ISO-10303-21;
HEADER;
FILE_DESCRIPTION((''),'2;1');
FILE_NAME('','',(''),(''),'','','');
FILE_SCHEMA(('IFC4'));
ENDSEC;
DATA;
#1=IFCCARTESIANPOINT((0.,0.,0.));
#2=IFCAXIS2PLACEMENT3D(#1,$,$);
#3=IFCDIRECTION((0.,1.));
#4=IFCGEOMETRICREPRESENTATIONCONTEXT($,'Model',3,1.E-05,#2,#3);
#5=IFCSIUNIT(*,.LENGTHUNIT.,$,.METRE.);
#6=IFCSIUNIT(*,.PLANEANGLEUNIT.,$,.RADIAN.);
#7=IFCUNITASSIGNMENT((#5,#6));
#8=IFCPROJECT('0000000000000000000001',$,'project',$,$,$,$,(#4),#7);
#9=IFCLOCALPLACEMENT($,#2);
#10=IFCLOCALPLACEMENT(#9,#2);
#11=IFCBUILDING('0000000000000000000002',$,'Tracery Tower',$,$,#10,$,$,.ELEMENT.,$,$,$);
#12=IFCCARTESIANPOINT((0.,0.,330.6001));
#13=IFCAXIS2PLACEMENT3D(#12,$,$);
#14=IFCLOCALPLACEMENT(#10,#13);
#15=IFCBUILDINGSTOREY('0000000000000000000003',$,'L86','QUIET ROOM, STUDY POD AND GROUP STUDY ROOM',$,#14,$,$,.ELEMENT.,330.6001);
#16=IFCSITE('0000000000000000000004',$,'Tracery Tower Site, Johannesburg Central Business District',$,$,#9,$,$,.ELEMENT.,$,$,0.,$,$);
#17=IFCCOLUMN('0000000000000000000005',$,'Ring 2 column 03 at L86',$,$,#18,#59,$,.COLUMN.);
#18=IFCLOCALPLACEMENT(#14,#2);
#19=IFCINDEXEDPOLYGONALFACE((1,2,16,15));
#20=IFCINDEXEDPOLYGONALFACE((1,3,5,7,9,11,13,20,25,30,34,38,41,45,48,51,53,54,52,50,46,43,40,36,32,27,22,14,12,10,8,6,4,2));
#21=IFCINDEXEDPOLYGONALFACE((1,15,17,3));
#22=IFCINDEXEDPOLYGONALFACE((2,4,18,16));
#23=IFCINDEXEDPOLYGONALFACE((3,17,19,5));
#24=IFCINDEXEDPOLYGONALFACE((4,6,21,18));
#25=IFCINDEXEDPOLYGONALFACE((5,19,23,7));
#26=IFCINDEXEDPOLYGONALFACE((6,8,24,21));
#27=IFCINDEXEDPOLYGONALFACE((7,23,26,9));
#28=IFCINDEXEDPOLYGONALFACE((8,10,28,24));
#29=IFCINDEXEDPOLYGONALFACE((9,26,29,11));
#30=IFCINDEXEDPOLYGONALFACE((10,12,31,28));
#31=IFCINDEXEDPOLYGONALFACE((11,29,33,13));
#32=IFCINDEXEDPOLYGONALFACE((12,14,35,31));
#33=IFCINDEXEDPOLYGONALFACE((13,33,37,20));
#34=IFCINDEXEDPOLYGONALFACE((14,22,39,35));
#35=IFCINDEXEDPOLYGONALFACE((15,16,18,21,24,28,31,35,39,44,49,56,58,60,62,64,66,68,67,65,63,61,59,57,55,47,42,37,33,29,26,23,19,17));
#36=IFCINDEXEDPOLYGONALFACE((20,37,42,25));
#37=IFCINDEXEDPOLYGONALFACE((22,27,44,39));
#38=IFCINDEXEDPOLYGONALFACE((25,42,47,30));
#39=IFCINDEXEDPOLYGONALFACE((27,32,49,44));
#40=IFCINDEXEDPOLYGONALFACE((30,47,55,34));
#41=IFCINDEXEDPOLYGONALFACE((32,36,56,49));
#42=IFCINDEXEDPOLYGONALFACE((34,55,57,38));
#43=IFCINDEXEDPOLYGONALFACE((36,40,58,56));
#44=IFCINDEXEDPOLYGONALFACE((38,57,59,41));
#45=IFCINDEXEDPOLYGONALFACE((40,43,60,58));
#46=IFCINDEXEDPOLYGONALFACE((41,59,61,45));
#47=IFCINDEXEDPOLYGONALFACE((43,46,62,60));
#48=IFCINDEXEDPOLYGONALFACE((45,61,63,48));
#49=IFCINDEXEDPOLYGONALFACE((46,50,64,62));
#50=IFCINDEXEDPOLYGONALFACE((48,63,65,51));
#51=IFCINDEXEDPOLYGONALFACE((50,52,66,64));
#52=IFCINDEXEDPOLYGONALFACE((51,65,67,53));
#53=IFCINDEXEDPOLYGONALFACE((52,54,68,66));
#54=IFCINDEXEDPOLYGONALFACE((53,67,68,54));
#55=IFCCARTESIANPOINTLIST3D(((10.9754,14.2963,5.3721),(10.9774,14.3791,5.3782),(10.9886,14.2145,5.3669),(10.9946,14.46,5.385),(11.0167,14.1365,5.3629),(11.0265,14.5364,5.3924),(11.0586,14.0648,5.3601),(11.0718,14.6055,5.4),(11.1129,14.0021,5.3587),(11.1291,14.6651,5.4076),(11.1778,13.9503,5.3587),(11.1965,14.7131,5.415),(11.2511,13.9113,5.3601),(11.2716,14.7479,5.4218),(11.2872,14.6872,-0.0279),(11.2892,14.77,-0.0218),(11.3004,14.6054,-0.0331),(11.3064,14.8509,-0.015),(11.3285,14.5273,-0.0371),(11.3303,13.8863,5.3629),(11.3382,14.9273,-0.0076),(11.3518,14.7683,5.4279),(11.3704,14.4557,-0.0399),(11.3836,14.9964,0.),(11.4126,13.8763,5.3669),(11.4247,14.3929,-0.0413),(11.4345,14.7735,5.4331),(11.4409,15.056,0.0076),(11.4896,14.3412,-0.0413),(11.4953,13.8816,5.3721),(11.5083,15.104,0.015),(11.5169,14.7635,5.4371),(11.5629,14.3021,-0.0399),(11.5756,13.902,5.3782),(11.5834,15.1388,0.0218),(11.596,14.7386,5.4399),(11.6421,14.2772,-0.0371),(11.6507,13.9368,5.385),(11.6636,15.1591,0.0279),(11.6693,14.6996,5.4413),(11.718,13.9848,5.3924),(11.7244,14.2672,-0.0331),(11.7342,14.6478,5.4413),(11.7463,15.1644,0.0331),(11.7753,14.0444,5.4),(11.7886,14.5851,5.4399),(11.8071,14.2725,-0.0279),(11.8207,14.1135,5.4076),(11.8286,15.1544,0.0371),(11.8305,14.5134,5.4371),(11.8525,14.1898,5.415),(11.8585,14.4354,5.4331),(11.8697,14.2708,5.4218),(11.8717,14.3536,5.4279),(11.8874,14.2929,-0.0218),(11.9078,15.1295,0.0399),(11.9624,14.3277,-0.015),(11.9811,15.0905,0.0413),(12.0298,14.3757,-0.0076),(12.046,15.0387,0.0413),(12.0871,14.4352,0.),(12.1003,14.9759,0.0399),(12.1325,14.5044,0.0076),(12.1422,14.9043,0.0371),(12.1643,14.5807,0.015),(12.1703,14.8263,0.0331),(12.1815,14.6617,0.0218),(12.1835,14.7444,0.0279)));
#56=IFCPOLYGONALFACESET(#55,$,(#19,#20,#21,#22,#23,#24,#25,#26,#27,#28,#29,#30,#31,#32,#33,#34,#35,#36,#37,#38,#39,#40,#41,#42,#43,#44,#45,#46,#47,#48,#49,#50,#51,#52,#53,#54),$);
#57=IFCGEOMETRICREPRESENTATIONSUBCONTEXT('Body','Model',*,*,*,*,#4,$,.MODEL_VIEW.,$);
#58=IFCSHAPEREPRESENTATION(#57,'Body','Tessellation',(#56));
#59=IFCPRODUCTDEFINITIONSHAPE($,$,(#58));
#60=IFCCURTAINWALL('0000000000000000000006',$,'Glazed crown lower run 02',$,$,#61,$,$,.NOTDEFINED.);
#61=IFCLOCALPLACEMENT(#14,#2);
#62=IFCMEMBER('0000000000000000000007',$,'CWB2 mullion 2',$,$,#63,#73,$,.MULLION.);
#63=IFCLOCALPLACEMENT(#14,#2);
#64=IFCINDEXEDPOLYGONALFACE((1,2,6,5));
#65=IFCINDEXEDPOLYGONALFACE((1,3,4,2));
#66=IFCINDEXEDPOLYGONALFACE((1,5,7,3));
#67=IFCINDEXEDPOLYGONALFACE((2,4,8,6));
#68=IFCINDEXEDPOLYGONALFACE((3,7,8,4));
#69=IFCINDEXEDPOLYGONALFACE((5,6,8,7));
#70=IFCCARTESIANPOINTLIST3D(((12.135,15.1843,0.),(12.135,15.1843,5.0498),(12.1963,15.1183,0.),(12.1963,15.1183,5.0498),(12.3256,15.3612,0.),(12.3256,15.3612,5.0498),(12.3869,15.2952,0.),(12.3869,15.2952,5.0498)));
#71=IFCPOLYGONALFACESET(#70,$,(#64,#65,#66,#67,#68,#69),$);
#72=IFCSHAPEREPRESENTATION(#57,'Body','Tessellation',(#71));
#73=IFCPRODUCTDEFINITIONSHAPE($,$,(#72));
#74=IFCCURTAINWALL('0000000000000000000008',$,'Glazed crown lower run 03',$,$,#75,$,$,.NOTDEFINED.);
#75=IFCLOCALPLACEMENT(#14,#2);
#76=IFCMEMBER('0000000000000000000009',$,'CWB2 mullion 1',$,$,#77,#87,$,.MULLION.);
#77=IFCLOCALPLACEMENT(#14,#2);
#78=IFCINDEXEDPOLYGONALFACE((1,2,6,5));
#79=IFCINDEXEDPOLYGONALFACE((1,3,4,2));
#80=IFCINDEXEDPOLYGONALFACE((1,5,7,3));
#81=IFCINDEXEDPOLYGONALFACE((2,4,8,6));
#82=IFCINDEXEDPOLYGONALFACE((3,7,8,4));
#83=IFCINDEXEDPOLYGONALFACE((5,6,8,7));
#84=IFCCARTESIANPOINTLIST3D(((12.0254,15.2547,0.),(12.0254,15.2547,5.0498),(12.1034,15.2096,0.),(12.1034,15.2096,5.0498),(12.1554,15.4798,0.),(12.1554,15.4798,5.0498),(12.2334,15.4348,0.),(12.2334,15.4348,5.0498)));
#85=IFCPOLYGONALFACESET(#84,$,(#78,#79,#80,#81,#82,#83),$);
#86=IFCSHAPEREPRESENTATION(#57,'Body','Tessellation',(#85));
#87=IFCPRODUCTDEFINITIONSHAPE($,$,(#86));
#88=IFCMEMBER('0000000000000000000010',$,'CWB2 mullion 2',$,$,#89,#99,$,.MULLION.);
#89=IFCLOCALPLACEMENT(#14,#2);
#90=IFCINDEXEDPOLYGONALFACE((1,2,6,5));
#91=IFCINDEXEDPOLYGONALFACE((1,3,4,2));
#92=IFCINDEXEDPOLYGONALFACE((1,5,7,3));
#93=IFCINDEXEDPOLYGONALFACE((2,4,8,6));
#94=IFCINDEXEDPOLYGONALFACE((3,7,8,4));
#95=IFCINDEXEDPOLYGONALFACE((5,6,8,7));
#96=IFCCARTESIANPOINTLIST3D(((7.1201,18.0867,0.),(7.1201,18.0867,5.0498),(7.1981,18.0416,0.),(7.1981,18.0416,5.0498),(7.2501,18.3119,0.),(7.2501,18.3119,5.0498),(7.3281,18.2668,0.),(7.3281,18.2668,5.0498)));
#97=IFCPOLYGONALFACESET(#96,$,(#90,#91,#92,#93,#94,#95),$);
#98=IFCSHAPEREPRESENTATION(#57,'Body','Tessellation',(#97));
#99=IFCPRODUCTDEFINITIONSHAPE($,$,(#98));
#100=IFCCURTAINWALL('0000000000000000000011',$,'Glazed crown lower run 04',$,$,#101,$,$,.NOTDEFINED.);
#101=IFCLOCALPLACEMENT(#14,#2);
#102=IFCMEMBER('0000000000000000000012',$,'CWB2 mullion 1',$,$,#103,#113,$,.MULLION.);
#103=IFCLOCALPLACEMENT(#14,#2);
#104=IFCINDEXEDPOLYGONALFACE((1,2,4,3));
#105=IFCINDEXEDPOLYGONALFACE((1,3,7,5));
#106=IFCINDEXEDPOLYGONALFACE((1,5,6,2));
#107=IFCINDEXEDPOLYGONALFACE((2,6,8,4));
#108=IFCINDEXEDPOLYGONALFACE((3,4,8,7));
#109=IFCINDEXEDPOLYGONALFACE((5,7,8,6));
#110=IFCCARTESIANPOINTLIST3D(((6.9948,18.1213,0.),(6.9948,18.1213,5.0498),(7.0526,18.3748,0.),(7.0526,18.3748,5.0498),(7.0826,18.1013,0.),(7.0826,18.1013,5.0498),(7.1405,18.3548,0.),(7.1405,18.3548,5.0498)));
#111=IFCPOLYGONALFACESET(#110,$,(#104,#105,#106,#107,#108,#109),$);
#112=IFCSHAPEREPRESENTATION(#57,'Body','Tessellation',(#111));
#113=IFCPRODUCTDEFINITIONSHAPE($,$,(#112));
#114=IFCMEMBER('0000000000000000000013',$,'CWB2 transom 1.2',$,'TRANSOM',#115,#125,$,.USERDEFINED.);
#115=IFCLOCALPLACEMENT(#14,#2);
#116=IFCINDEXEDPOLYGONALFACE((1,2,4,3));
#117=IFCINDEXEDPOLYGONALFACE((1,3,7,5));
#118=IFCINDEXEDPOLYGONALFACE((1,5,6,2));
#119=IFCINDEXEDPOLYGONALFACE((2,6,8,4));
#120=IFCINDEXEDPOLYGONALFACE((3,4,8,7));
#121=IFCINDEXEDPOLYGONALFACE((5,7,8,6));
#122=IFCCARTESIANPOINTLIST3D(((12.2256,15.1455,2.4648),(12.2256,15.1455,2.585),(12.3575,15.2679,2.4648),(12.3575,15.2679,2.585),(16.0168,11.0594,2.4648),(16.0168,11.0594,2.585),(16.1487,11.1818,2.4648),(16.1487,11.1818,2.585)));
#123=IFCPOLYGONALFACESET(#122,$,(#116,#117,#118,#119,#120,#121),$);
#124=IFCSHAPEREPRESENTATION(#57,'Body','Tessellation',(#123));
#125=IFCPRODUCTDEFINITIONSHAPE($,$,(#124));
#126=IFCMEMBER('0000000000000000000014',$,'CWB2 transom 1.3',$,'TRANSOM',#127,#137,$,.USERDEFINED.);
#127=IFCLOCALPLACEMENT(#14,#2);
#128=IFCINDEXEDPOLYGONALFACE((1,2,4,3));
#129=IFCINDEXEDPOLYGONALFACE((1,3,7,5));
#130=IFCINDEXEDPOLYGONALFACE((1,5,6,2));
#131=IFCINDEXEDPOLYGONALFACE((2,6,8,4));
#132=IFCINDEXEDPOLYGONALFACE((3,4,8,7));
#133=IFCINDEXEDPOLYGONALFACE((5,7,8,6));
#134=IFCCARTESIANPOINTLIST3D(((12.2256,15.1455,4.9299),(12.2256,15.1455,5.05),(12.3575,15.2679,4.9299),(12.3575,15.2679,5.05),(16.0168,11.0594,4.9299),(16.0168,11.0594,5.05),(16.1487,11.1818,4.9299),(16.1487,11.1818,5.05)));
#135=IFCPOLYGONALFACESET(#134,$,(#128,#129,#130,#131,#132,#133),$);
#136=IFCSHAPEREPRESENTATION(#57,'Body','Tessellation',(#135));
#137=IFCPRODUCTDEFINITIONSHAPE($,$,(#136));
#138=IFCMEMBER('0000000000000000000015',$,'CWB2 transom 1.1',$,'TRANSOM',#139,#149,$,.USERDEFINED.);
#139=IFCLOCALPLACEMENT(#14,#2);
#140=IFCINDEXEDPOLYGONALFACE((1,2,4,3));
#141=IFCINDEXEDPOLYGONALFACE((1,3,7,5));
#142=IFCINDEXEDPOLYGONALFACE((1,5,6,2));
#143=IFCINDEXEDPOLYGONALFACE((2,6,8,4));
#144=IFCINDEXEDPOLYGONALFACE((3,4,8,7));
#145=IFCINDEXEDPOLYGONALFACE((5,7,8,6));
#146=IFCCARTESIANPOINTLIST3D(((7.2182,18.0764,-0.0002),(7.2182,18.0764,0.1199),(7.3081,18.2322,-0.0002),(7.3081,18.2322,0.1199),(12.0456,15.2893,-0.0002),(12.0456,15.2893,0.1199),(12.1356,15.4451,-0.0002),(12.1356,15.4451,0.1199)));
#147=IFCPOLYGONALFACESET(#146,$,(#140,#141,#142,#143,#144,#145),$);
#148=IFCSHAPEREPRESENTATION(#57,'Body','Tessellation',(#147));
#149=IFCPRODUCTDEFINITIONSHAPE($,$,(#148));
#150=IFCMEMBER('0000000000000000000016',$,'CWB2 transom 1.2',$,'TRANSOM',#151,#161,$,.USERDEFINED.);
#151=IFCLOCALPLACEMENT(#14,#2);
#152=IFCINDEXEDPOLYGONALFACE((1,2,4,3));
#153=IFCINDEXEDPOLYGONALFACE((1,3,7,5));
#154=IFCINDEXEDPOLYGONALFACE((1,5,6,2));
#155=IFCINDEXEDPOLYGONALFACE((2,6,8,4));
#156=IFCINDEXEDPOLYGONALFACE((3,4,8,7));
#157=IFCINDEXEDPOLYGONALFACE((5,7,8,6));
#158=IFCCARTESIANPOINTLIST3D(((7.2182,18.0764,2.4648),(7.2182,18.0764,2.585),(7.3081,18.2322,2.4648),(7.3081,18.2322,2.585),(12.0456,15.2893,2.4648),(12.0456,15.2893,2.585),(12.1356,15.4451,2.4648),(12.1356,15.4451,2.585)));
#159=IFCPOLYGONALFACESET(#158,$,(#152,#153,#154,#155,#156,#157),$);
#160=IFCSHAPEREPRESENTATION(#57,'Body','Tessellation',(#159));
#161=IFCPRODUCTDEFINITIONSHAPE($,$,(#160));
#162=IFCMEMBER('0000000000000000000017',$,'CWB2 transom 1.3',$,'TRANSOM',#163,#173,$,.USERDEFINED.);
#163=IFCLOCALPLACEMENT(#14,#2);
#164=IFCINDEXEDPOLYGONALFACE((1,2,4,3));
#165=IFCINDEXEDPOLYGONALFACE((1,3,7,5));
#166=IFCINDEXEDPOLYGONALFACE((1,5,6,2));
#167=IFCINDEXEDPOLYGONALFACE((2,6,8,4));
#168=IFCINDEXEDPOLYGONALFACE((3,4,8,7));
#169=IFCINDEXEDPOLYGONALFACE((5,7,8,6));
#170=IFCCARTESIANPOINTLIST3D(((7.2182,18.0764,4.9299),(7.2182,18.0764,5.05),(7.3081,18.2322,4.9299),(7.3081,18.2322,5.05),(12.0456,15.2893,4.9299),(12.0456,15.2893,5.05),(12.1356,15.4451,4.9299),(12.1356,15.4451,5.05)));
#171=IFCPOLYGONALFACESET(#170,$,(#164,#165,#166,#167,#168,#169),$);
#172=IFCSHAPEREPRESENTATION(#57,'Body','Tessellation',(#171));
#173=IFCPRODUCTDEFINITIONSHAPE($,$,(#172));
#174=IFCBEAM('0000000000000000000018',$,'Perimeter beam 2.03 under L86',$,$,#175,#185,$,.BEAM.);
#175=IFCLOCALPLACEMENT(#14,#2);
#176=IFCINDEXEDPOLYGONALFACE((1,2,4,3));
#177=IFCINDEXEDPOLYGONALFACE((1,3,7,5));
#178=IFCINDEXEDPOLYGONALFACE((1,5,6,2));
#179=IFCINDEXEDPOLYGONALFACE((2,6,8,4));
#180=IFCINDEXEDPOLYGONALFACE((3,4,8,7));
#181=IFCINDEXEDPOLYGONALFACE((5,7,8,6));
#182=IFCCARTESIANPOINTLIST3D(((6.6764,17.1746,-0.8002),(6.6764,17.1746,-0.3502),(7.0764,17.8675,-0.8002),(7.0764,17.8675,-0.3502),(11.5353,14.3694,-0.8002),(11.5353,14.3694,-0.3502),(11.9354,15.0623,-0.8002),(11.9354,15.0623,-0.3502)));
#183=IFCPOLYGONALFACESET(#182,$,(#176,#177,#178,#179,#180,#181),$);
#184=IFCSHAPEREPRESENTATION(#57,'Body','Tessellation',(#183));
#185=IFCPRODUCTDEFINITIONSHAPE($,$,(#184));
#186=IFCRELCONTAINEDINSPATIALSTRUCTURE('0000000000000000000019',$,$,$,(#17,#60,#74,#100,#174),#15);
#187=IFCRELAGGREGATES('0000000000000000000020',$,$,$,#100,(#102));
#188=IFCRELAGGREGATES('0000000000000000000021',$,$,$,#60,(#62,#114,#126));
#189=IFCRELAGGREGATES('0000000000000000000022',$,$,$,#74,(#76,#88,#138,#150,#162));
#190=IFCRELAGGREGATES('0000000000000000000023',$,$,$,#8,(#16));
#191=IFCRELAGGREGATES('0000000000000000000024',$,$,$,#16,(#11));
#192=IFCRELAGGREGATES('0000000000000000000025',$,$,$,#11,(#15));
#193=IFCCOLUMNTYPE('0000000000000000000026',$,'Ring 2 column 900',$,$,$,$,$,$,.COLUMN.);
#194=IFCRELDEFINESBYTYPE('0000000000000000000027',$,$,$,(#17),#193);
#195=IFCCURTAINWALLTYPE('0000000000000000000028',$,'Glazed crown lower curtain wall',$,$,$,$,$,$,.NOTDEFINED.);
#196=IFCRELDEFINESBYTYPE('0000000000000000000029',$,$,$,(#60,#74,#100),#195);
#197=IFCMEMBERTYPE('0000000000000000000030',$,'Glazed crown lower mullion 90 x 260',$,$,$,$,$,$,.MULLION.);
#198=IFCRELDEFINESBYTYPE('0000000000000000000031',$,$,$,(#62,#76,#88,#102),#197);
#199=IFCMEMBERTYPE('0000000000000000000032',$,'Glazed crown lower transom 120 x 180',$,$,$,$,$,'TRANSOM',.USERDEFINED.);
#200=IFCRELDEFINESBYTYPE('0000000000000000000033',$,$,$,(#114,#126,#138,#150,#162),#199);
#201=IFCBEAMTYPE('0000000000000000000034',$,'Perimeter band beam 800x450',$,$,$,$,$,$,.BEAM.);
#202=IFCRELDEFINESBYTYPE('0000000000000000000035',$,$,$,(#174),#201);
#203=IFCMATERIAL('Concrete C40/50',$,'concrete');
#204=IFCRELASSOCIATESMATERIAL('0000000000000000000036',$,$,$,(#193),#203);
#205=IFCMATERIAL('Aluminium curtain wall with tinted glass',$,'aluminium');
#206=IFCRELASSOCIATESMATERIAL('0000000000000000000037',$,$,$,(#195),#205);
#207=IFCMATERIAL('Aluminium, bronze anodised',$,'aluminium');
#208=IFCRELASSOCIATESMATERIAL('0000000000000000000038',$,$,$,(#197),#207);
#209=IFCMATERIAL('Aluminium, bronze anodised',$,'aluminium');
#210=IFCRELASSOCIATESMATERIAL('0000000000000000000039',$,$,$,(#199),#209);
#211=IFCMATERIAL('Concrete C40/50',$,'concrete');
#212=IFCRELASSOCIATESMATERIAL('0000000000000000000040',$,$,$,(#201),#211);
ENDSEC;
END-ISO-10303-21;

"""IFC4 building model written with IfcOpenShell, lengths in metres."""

from ifc_helpers import new_model, si_unit, direction, frame, origin, origin_2d, place, context, subcontext, project, spatial, rectangle, circle, extrude, material, material_profile, profile_set, type_object, element, aggregate, save


model = new_model("IFC4")

# Units and contexts
model_context = context("Model", 3, precision=1e-05, world=origin(), true_north=direction((0.0, 1.0)))
body_context = subcontext(model_context, "Body", "Model", "MODEL_VIEW")
ifc_project = project(units=[si_unit("LENGTHUNIT", "METRE"), si_unit("PLANEANGLEUNIT", "RADIAN")], contexts=[model_context])

# Site, building, storey
site_placement = place(None, origin())
site = spatial("IfcSite", under=ifc_project, at=site_placement, Name="Tracery Tower Site, Johannesburg Central Business District", CompositionType="ELEMENT", RefElevation=0.0)
building_placement = place(site_placement, origin())
building = spatial("IfcBuilding", under=site, at=building_placement, Name="Tracery Tower", CompositionType="ELEMENT")
storey_placement = place(building_placement, frame((0.0, 0.0, 330.6001)))
storey = spatial("IfcBuildingStorey", under=building, at=storey_placement, Name="L86", Description="QUIET ROOM, STUDY POD AND GROUP STUDY ROOM", CompositionType="ELEMENT", Elevation=330.6001)

# Column
ifc_material_1 = material(Name="Concrete C40/50", Category="concrete")
ifc_material_profile_1 = material_profile(ifc_material_1, circle(Radius=0.45, at=origin_2d()), Name="RC D900")
ifc_profile_set_1 = profile_set([ifc_material_profile_1], Name="Concrete C40/50")
column_type = type_object("IfcColumnType", Name="Ring 2 column 900", PredefinedType="COLUMN", material=ifc_profile_set_1)
column_placement = place(storey_placement, frame((11.7354, 14.7158, 0.0), z_axis=(-0.05749, -0.072076, 0.995741), x_axis=(0.781773, -0.623563, 0.0)))
element("IfcColumn", 1, at=column_placement, inside=storey, type_object=column_type, Name="Ring 2 column 03 at L86", PredefinedType="COLUMN", context=body_context, shape_type="SweptSolid", body=[
    extrude(circle(Radius=0.45, at=origin_2d()), origin(), (0.0, 0.0, 1.0), 5.4231),
])

# Curtain wall, member
ifc_material_2 = material(Name="Aluminium curtain wall with tinted glass", Category="aluminium")
curtain_wall_type = type_object("IfcCurtainWallType", Name="Glazed crown lower curtain wall", PredefinedType="NOTDEFINED", material=ifc_material_2)
curtain_wall_1_placement = place(storey_placement, origin())
curtain_wall_1 = element("IfcCurtainWall", 2, at=curtain_wall_1_placement, inside=storey, type_object=curtain_wall_type, Name="Glazed crown lower run 02", PredefinedType="NOTDEFINED")
ifc_material_3 = material(Name="Aluminium, bronze anodised", Category="aluminium")
ifc_material_profile_2 = material_profile(ifc_material_3, rectangle(XDim=0.26, YDim=0.0901, at=origin_2d()), Name="Glazed crown lower mullion 90 x 260")
ifc_profile_set_2 = profile_set([ifc_material_profile_2], Name="Aluminium, bronze anodised")
member_type_1 = type_object("IfcMemberType", Name="Glazed crown lower mullion 90 x 260", PredefinedType="MULLION", material=ifc_profile_set_2)
member_1_placement = place(storey_placement, frame((12.261, 15.2397, 0.0), z_axis=(0.0, 0.0, 1.0), x_axis=(-0.733054, -0.68017, 0.0)))
member_1 = element("IfcMember", 3, at=member_1_placement, type_object=member_type_1, Name="CWB2 mullion 2", PredefinedType="MULLION", context=body_context, shape_type="SweptSolid", body=[
    extrude(rectangle(XDim=0.26, YDim=0.0901, at=origin_2d()), origin(), (0.0, 0.0, 1.0), 5.0498),
])

# Curtain wall, members
curtain_wall_2_placement = place(storey_placement, origin())
curtain_wall_2 = element("IfcCurtainWall", 4, at=curtain_wall_2_placement, inside=storey, type_object=curtain_wall_type, Name="Glazed crown lower run 03", PredefinedType="NOTDEFINED")
member_2_placement = place(storey_placement, frame((12.1294, 15.3447, 0.0), z_axis=(0.0, 0.0, 1.0), x_axis=(-0.499993, -0.866029, 0.0)))
member_2 = element("IfcMember", 5, at=member_2_placement, type_object=member_type_1, Name="CWB2 mullion 1", PredefinedType="MULLION", context=body_context, shape_type="SweptSolid", body=[
    extrude(rectangle(XDim=0.26, YDim=0.0901, at=origin_2d()), origin(), (0.0, 0.0, 1.0), 5.0498),
])
member_3_placement = place(storey_placement, frame((7.2241, 18.1768, 0.0), z_axis=(0.0, 0.0, 1.0), x_axis=(-0.499993, -0.866029, 0.0)))
member_3 = element("IfcMember", 6, at=member_3_placement, type_object=member_type_1, Name="CWB2 mullion 2", PredefinedType="MULLION", context=body_context, shape_type="SweptSolid", body=[
    extrude(rectangle(XDim=0.26, YDim=0.0901, at=origin_2d()), origin(), (0.0, 0.0, 1.0), 5.0498),
])

# Curtain wall, member
curtain_wall_3_placement = place(storey_placement, origin())
curtain_wall_3 = element("IfcCurtainWall", 7, at=curtain_wall_3_placement, inside=storey, type_object=curtain_wall_type, Name="Glazed crown lower run 04", PredefinedType="NOTDEFINED")
member_4_placement = place(storey_placement, frame((7.0676, 18.238, 0.0), z_axis=(0.0, 0.0, 1.0), x_axis=(-0.222534, -0.974925, 0.0)))
member_4 = element("IfcMember", 8, at=member_4_placement, type_object=member_type_1, Name="CWB2 mullion 1", PredefinedType="MULLION", context=body_context, shape_type="SweptSolid", body=[
    extrude(rectangle(XDim=0.26, YDim=0.0901, at=origin_2d()), origin(), (0.0, 0.0, 1.0), 5.0498),
])
aggregate(curtain_wall_3, [member_4])

# Members
ifc_material_4 = material(Name="Aluminium, bronze anodised", Category="aluminium")
ifc_material_profile_3 = material_profile(ifc_material_4, rectangle(XDim=0.1799, YDim=0.1201, at=origin_2d()), Name="Glazed crown lower transom 120 x 180")
ifc_profile_set_3 = profile_set([ifc_material_profile_3], Name="Aluminium, bronze anodised")
member_type_2 = type_object("IfcMemberType", Name="Glazed crown lower transom 120 x 180", ElementType="TRANSOM", PredefinedType="USERDEFINED", material=ifc_profile_set_3)
member_5_placement = place(storey_placement, frame((16.0828, 11.1206, 2.5249), z_axis=(-0.680157, 0.733066, 0.0), x_axis=(-0.733066, -0.680157, 0.0)))
member_5 = element("IfcMember", 9, at=member_5_placement, type_object=member_type_2, Name="CWB2 transom 1.2", ObjectType="TRANSOM", PredefinedType="USERDEFINED", context=body_context, shape_type="SweptSolid", body=[
    extrude(rectangle(XDim=0.1799, YDim=0.1201, at=origin_2d()), origin(), (0.0, 0.0, 1.0), 5.574),
])
member_6_placement = place(storey_placement, frame((16.0828, 11.1206, 4.99), z_axis=(-0.680157, 0.733066, 0.0), x_axis=(-0.733066, -0.680157, 0.0)))
member_6 = element("IfcMember", 10, at=member_6_placement, type_object=member_type_2, Name="CWB2 transom 1.3", ObjectType="TRANSOM", PredefinedType="USERDEFINED", context=body_context, shape_type="SweptSolid", body=[
    extrude(rectangle(XDim=0.1799, YDim=0.1201, at=origin_2d()), origin(), (0.0, 0.0, 1.0), 5.574),
])
member_7_placement = place(storey_placement, frame((12.0906, 15.3672, 0.0598), z_axis=(-0.866024, 0.500002, 0.0), x_axis=(-0.500002, -0.866024, 0.0)))
member_7 = element("IfcMember", 11, at=member_7_placement, type_object=member_type_2, Name="CWB2 transom 1.1", ObjectType="TRANSOM", PredefinedType="USERDEFINED", context=body_context, shape_type="SweptSolid", body=[
    extrude(rectangle(XDim=0.1799, YDim=0.1201, at=origin_2d()), origin(), (0.0, 0.0, 1.0), 5.5742),
])
member_8_placement = place(storey_placement, frame((12.0906, 15.3672, 2.5249), z_axis=(-0.866024, 0.500002, 0.0), x_axis=(-0.500002, -0.866024, 0.0)))
member_8 = element("IfcMember", 12, at=member_8_placement, type_object=member_type_2, Name="CWB2 transom 1.2", ObjectType="TRANSOM", PredefinedType="USERDEFINED", context=body_context, shape_type="SweptSolid", body=[
    extrude(rectangle(XDim=0.1799, YDim=0.1201, at=origin_2d()), origin(), (0.0, 0.0, 1.0), 5.5742),
])
member_9_placement = place(storey_placement, frame((12.0906, 15.3672, 4.99), z_axis=(-0.866024, 0.500002, 0.0), x_axis=(-0.500002, -0.866024, 0.0)))
member_9 = element("IfcMember", 13, at=member_9_placement, type_object=member_type_2, Name="CWB2 transom 1.3", ObjectType="TRANSOM", PredefinedType="USERDEFINED", context=body_context, shape_type="SweptSolid", body=[
    extrude(rectangle(XDim=0.1799, YDim=0.1201, at=origin_2d()), origin(), (0.0, 0.0, 1.0), 5.5742),
])

# Beam
ifc_material_5 = material(Name="Concrete C40/50", Category="concrete")
ifc_material_profile_4 = material_profile(ifc_material_5, rectangle(XDim=0.8, YDim=0.45, at=origin_2d()), Name="RC 800x450")
ifc_profile_set_4 = profile_set([ifc_material_profile_4], Name="Concrete C40/50")
beam_type = type_object("IfcBeamType", Name="Perimeter band beam 800x450", PredefinedType="BEAM", material=ifc_profile_set_4)
beam_placement = place(storey_placement, frame((11.7354, 14.7158, -0.5752), z_axis=(-0.866033, 0.499986, 0.0), x_axis=(-0.499986, -0.866033, 0.0)))
element("IfcBeam", 14, at=beam_placement, inside=storey, type_object=beam_type, Name="Perimeter beam 2.03 under L86", PredefinedType="BEAM", context=body_context, shape_type="SweptSolid", body=[
    extrude(rectangle(XDim=0.8, YDim=0.45, at=origin_2d()), origin(), (0.0, 0.0, 1.0), 5.6106),
])

aggregate(curtain_wall_1, [member_1, member_5, member_6])
aggregate(curtain_wall_2, [member_2, member_3, member_7, member_8, member_9])

save(model, "model.ifc")
